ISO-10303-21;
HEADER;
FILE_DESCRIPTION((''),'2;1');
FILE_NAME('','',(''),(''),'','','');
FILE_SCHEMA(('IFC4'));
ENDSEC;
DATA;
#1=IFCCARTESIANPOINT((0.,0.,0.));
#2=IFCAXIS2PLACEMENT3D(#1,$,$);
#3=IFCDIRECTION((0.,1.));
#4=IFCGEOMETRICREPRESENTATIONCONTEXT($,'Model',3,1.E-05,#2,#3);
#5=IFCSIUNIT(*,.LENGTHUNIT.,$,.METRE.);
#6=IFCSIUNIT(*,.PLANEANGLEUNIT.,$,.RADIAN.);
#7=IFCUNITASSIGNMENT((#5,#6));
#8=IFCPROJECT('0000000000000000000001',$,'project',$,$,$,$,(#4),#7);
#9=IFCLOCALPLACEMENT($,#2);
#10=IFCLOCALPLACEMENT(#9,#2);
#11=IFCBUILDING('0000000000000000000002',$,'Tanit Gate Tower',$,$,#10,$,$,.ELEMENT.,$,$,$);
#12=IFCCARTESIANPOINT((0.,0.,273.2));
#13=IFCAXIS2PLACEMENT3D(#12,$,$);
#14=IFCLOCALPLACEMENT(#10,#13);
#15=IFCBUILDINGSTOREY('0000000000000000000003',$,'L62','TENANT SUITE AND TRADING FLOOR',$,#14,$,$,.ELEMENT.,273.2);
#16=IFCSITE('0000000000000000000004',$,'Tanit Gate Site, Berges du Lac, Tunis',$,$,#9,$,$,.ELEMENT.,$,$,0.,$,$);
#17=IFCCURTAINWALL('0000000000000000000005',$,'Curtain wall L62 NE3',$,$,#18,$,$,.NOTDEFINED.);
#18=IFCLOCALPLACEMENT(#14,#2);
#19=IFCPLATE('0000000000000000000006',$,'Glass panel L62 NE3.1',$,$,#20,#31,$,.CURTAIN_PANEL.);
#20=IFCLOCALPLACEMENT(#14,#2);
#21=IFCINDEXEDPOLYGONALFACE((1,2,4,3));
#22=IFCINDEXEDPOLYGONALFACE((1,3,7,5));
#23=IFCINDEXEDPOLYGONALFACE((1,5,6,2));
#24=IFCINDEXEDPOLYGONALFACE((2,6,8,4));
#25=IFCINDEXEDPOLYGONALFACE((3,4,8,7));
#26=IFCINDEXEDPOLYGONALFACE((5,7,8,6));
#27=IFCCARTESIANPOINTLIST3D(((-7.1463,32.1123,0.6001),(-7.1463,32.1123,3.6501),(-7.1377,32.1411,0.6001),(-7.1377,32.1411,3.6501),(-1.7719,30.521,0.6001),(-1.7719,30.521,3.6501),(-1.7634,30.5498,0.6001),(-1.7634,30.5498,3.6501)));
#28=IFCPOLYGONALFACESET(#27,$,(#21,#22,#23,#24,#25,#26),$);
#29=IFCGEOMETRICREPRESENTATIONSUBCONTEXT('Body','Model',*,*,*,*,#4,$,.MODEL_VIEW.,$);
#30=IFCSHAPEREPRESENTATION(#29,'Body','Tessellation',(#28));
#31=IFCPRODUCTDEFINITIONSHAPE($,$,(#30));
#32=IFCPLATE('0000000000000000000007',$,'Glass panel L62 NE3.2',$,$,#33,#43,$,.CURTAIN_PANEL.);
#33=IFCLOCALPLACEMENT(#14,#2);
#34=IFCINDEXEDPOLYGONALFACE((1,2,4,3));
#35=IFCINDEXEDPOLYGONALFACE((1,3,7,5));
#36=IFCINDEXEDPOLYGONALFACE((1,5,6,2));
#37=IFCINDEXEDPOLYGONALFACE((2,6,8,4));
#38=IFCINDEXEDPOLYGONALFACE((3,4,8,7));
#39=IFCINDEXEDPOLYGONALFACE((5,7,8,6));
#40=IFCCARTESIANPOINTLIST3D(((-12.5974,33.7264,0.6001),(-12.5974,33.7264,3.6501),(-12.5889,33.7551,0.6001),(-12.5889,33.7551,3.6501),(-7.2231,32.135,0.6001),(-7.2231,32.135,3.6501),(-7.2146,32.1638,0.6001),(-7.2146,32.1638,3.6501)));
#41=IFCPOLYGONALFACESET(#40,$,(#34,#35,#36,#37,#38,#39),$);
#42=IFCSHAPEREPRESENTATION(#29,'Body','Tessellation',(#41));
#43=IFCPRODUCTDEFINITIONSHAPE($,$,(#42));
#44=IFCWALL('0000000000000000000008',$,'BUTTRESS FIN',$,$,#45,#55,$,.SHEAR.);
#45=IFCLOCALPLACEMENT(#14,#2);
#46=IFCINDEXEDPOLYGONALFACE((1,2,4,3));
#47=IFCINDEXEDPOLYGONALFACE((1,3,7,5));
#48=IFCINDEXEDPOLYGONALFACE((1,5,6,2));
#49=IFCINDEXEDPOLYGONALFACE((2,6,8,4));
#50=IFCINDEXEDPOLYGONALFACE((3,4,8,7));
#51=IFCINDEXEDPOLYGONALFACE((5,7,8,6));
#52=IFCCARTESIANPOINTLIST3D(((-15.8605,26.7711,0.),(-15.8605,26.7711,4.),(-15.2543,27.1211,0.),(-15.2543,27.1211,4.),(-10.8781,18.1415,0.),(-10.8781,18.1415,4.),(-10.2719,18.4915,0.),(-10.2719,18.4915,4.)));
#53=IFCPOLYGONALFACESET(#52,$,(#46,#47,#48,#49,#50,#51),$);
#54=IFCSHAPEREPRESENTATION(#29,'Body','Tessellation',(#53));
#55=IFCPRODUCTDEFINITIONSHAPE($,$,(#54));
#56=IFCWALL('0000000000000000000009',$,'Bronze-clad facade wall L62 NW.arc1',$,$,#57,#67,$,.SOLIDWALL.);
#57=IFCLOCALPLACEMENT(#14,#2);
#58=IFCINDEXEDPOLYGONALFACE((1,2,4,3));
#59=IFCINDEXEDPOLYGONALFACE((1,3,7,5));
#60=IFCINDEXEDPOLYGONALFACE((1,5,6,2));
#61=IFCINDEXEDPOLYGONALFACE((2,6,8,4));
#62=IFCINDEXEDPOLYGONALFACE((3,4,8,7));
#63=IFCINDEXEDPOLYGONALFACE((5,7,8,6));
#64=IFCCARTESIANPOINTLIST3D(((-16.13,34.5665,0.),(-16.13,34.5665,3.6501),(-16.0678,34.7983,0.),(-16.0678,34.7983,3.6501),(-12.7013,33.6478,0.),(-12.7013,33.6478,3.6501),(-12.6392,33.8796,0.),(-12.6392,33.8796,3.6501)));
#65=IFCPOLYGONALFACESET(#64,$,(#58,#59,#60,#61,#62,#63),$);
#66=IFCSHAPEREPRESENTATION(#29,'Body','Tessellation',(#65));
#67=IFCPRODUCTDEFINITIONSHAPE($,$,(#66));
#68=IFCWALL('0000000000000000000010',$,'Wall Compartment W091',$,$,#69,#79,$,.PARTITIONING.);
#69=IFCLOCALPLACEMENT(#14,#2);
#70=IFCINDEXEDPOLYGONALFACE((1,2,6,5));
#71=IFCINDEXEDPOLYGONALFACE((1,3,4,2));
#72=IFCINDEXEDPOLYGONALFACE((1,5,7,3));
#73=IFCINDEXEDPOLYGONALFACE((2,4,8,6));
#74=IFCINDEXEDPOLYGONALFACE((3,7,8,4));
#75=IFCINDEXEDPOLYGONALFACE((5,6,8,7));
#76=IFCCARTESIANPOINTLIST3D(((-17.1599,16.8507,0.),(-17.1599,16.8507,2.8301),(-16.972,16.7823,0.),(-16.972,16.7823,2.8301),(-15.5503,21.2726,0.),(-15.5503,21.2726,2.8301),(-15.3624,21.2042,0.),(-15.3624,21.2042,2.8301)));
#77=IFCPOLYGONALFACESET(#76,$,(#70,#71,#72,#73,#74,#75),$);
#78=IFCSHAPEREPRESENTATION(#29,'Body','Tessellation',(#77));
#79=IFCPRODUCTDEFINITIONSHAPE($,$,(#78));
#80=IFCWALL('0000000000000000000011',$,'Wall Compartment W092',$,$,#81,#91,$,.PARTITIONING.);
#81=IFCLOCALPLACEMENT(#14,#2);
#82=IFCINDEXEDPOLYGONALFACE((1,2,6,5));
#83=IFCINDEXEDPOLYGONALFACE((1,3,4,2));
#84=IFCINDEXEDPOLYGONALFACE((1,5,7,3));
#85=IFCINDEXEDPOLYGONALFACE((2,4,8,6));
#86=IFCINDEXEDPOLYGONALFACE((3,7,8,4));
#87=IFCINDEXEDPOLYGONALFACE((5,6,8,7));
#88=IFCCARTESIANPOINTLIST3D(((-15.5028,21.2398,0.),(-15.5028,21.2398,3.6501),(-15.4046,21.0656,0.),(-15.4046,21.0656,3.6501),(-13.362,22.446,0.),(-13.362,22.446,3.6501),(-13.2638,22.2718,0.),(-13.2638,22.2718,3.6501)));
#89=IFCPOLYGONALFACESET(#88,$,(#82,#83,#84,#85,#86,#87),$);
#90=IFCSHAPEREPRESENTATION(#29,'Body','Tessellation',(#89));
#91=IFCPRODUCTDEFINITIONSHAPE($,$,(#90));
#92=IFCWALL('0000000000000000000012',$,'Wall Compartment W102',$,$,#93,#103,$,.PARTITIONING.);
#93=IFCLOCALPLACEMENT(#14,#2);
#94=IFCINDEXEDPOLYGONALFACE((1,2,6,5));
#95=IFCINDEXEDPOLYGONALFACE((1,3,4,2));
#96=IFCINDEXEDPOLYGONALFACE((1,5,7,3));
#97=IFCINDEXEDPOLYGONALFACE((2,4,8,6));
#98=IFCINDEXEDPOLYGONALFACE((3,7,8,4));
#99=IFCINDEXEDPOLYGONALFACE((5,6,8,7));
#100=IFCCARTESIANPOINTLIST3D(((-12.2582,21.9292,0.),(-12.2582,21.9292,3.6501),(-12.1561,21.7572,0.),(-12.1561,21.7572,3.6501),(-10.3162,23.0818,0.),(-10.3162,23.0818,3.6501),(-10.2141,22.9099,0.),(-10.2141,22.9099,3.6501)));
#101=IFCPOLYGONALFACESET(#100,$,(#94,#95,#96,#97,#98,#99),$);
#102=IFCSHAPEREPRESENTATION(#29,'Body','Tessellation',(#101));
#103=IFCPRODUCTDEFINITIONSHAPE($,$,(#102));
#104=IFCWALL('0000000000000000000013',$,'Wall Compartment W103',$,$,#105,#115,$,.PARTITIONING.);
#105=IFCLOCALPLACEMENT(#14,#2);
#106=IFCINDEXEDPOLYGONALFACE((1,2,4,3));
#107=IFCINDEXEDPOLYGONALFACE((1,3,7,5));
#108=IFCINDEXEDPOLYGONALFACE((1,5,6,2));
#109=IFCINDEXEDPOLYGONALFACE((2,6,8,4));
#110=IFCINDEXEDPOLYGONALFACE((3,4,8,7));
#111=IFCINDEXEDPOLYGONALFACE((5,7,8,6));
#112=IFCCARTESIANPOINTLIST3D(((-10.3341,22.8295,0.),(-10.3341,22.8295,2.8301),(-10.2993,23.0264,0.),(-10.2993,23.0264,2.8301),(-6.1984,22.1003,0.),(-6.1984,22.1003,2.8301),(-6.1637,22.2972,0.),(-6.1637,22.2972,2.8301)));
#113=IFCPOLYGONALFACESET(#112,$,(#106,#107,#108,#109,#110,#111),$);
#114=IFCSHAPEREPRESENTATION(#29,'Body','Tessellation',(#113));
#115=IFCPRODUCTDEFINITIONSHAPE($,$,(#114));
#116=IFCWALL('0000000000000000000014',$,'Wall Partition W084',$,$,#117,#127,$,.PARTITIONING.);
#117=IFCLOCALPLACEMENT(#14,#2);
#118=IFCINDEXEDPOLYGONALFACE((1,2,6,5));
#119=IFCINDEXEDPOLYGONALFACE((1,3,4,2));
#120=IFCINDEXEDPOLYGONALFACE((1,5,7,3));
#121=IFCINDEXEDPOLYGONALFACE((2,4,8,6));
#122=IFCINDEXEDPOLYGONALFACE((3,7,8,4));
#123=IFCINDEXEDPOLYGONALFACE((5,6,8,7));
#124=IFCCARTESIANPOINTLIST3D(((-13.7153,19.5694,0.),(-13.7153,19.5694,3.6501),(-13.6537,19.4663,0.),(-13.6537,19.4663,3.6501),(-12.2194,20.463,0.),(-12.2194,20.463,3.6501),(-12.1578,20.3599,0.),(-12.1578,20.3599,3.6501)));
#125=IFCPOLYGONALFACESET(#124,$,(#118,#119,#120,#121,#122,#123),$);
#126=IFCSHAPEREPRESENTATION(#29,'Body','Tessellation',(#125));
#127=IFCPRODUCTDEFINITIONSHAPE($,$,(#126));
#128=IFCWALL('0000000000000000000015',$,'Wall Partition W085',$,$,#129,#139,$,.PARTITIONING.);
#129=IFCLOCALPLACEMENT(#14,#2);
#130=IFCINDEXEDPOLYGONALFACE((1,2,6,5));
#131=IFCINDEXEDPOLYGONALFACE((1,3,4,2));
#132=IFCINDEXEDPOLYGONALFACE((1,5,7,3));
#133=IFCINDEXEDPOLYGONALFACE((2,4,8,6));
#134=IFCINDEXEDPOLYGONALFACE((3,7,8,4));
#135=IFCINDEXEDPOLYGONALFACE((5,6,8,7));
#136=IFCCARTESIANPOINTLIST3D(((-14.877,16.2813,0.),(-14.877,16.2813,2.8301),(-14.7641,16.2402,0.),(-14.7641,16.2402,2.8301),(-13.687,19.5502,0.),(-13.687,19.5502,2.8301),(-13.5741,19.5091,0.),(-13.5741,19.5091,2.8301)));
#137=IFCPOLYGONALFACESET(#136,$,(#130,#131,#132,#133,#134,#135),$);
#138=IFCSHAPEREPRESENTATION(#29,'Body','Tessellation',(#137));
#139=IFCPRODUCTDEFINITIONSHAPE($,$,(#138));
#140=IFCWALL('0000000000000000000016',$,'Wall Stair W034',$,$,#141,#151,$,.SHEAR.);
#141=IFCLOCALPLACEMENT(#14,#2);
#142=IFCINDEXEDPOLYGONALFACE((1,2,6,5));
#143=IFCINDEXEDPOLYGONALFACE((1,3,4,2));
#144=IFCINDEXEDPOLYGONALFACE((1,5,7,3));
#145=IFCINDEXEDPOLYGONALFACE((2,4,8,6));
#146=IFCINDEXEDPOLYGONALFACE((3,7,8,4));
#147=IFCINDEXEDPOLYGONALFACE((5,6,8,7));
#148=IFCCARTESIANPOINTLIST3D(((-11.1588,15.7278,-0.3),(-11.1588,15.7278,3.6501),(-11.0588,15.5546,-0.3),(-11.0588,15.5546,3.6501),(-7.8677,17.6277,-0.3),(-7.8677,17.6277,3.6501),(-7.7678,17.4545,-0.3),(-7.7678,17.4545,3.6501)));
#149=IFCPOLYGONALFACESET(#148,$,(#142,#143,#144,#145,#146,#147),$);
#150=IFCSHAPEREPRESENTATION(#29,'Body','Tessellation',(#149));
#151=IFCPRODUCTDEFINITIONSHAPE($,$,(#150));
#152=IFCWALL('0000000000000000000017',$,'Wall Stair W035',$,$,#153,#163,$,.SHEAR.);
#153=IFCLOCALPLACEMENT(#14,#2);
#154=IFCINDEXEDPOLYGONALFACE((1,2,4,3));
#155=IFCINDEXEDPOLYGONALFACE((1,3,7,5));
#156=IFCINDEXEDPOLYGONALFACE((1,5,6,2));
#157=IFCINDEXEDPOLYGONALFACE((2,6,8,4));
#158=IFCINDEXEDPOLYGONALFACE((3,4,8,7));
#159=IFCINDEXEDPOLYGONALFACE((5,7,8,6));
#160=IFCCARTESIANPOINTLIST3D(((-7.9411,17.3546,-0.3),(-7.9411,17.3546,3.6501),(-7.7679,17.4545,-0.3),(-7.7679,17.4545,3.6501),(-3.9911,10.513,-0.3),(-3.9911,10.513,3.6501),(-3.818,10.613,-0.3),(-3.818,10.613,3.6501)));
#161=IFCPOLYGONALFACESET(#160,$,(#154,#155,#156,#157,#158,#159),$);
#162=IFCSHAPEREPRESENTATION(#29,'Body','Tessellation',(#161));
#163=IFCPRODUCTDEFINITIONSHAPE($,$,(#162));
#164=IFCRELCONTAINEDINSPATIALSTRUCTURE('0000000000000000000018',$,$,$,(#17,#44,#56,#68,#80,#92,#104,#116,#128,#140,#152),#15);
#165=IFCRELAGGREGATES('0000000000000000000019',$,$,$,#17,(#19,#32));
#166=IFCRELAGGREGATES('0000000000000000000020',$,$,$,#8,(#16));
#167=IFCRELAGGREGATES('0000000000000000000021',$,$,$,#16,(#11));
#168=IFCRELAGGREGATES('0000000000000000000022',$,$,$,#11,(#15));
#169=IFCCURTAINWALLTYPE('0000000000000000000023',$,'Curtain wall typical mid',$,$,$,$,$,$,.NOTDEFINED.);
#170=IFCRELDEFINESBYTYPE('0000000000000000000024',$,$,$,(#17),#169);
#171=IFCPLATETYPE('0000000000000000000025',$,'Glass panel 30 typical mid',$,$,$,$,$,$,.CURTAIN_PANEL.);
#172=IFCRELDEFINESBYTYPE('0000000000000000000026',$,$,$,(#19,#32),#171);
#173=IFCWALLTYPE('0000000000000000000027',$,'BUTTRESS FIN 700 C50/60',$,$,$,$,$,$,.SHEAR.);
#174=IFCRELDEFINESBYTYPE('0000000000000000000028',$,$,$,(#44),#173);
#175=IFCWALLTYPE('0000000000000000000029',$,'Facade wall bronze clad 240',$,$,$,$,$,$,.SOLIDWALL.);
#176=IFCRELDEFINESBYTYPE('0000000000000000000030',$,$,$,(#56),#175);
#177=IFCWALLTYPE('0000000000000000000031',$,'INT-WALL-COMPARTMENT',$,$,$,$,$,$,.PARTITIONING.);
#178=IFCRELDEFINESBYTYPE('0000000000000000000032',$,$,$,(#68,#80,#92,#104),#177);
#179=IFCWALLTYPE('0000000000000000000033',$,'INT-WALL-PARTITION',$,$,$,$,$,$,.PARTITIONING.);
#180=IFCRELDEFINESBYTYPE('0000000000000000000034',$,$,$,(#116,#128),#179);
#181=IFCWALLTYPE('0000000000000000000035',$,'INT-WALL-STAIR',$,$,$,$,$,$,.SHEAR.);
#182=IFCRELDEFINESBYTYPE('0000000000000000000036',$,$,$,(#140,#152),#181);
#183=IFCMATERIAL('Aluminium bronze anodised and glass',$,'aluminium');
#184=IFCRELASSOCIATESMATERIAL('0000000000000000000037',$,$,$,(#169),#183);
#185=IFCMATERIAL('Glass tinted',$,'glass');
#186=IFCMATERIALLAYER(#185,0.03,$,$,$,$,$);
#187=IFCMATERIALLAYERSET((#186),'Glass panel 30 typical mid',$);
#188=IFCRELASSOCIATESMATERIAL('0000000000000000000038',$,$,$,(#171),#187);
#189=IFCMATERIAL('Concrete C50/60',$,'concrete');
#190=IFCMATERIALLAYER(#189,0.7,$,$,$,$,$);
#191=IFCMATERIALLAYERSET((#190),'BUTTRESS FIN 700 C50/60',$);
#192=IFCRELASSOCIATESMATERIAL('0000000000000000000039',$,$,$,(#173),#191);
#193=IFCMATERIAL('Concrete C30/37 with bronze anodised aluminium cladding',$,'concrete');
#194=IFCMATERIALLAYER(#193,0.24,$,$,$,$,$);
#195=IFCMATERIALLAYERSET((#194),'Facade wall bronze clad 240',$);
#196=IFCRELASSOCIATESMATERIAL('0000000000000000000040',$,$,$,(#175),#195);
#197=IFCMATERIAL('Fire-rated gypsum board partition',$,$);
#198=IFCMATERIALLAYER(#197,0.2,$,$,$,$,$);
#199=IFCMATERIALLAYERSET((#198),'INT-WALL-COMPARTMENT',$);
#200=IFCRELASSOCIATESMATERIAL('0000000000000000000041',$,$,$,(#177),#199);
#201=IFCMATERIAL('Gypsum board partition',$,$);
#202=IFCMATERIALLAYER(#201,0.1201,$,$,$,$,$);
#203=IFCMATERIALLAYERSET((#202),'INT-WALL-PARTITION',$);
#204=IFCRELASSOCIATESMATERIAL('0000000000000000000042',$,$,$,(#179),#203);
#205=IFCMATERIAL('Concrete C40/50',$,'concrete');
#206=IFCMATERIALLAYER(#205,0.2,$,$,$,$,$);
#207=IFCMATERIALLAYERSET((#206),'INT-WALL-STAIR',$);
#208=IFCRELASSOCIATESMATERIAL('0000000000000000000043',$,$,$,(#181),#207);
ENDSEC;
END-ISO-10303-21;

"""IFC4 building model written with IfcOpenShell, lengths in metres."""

from ifc_helpers import new_model, si_unit, direction, frame, frame_2d, origin, origin_2d, place, context, subcontext, project, spatial, rectangle, extrude, material, layer, layer_set, type_object, element, aggregate, save


model = new_model("IFC4")

# Units and contexts
model_context = context("Model", 3, precision=1e-05, world=origin(), true_north=direction((0.0, 1.0)))
body_context = subcontext(model_context, "Body", "Model", "MODEL_VIEW")
ifc_project = project(units=[si_unit("LENGTHUNIT", "METRE"), si_unit("PLANEANGLEUNIT", "RADIAN")], contexts=[model_context])

# Site, building, storey
site_placement = place(None, origin())
site = spatial("IfcSite", under=ifc_project, at=site_placement, Name="Tanit Gate Site, Berges du Lac, Tunis", CompositionType="ELEMENT", RefElevation=0.0)
building_placement = place(site_placement, origin())
building = spatial("IfcBuilding", under=site, at=building_placement, Name="Tanit Gate Tower", CompositionType="ELEMENT")
storey_placement = place(building_placement, frame((0.0, 0.0, 273.2)))
storey = spatial("IfcBuildingStorey", under=building, at=storey_placement, Name="L62", Description="TENANT SUITE AND TRADING FLOOR", CompositionType="ELEMENT", Elevation=273.2)

# Curtain wall
ifc_material_1 = material(Name="Aluminium bronze anodised and glass", Category="aluminium")
curtain_wall_type = type_object("IfcCurtainWallType", Name="Curtain wall typical mid", PredefinedType="NOTDEFINED", material=ifc_material_1)
curtain_wall_placement = place(storey_placement, origin())
curtain_wall = element("IfcCurtainWall", 1, at=curtain_wall_placement, inside=storey, type_object=curtain_wall_type, Name="Curtain wall L62 NE3", PredefinedType="NOTDEFINED")

# Plates
ifc_material_2 = material(Name="Glass tinted", Category="glass")
ifc_layer_1 = layer(ifc_material_2, 0.03)
ifc_layer_set_1 = layer_set([ifc_layer_1], Name="Glass panel 30 typical mid")
plate_type = type_object("IfcPlateType", Name="Glass panel 30 typical mid", PredefinedType="CURTAIN_PANEL", material=ifc_layer_set_1)
plate_1_placement = place(storey_placement, frame((-4.4548, 31.3311, 0.6001), z_axis=(0.0, 0.0, 1.0), x_axis=(-0.958848, 0.28392, 0.0)))
plate_1 = element("IfcPlate", 2, at=plate_1_placement, type_object=plate_type, Name="Glass panel L62 NE3.1", PredefinedType="CURTAIN_PANEL", context=body_context, shape_type="SweptSolid", body=[
    extrude(rectangle(XDim=5.605, YDim=0.03, at=origin_2d()), origin(), (0.0, 0.0, 1.0), 3.05),
])
plate_2_placement = place(storey_placement, frame((-9.906, 32.9451, 0.6001), z_axis=(0.0, 0.0, 1.0), x_axis=(-0.958848, 0.28392, 0.0)))
plate_2 = element("IfcPlate", 3, at=plate_2_placement, type_object=plate_type, Name="Glass panel L62 NE3.2", PredefinedType="CURTAIN_PANEL", context=body_context, shape_type="SweptSolid", body=[
    extrude(rectangle(XDim=5.605, YDim=0.03, at=origin_2d()), origin(), (0.0, 0.0, 1.0), 3.05),
])
aggregate(curtain_wall, [plate_1, plate_2])

# Walls
ifc_material_3 = material(Name="Concrete C50/60", Category="concrete")
ifc_layer_2 = layer(ifc_material_3, 0.7)
ifc_layer_set_2 = layer_set([ifc_layer_2], Name="BUTTRESS FIN 700 C50/60")
wall_type_1 = type_object("IfcWallType", Name="BUTTRESS FIN 700 C50/60", PredefinedType="SHEAR", material=ifc_layer_set_2)
wall_1_placement = place(storey_placement, frame((-10.575, 18.3164, 0.0), z_axis=(0.0, 0.0, 1.0), x_axis=(-0.500007, 0.866021, 0.0)))
element("IfcWall", 4, at=wall_1_placement, inside=storey, type_object=wall_type_1, Name="BUTTRESS FIN", PredefinedType="SHEAR", context=body_context, shape_type="SweptSolid", body=[
    extrude(rectangle(XDim=9.9646, YDim=0.7, at=frame_2d((4.9824, 0.0))), origin(), (0.0, 0.0, 1.0), 4.0),
])
ifc_material_4 = material(Name="Concrete C30/37 with bronze anodised aluminium cladding", Category="concrete")
ifc_layer_3 = layer(ifc_material_4, 0.24)
ifc_layer_set_3 = layer_set([ifc_layer_3], Name="Facade wall bronze clad 240")
wall_type_2 = type_object("IfcWallType", Name="Facade wall bronze clad 240", PredefinedType="SOLIDWALL", material=ifc_layer_set_3)
wall_2_placement = place(storey_placement, frame((-12.6702, 33.7637, 0.0), z_axis=(0.0, 0.0, 1.0), x_axis=(-0.965927, 0.258814, 0.0)))
element("IfcWall", 5, at=wall_2_placement, inside=storey, type_object=wall_type_2, Name="Bronze-clad facade wall L62 NW.arc1", PredefinedType="SOLIDWALL", context=body_context, shape_type="SweptSolid", body=[
    extrude(rectangle(XDim=3.5496, YDim=0.24, at=frame_2d((1.7749, 0.0))), origin(), (0.0, 0.0, 1.0), 3.6501),
])
ifc_material_5 = material(Name="Fire-rated gypsum board partition")
ifc_layer_4 = layer(ifc_material_5, 0.2)
ifc_layer_set_4 = layer_set([ifc_layer_4], Name="INT-WALL-COMPARTMENT")
wall_type_3 = type_object("IfcWallType", Name="INT-WALL-COMPARTMENT", PredefinedType="PARTITIONING", material=ifc_layer_set_4)
wall_3_placement = place(storey_placement, frame((-15.4563, 21.2385, 0.0), z_axis=(0.0, 0.0, 1.0), x_axis=(-0.342055, -0.93968, 0.0)))
element("IfcWall", 6, at=wall_3_placement, inside=storey, type_object=wall_type_3, Name="Wall Compartment W091", PredefinedType="PARTITIONING", context=body_context, shape_type="SweptSolid", body=[
    extrude(rectangle(XDim=4.7058, YDim=0.2, at=frame_2d((2.353, 0.0))), origin(), (0.0, 0.0, 1.0), 2.8301),
])
wall_4_placement = place(storey_placement, frame((-13.313, 22.3589, 0.0), z_axis=(0.0, 0.0, 1.0), x_axis=(-0.871217, -0.490898, 0.0)))
element("IfcWall", 7, at=wall_4_placement, inside=storey, type_object=wall_type_3, Name="Wall Compartment W092", PredefinedType="PARTITIONING", context=body_context, shape_type="SweptSolid", body=[
    extrude(rectangle(XDim=2.4573, YDim=0.2, at=frame_2d((1.2285, 0.0))), origin(), (0.0, 0.0, 1.0), 3.6501),
])
wall_5_placement = place(storey_placement, frame((-10.2651, 22.9958, 0.0), z_axis=(0.0, 0.0, 1.0), x_axis=(-0.859935, -0.510404, 0.0)))
element("IfcWall", 8, at=wall_5_placement, inside=storey, type_object=wall_type_3, Name="Wall Compartment W102", PredefinedType="PARTITIONING", context=body_context, shape_type="SweptSolid", body=[
    extrude(rectangle(XDim=2.2583, YDim=0.2, at=frame_2d((1.1292, 0.0))), origin(), (0.0, 0.0, 1.0), 3.6501),
])
wall_6_placement = place(storey_placement, frame((-6.1812, 22.1987, 0.0), z_axis=(0.0, 0.0, 1.0), x_axis=(-0.984808, 0.173649, 0.0)))
element("IfcWall", 9, at=wall_6_placement, inside=storey, type_object=wall_type_3, Name="Wall Compartment W103", PredefinedType="PARTITIONING", context=body_context, shape_type="SweptSolid", body=[
    extrude(rectangle(XDim=4.1995, YDim=0.2, at=frame_2d((2.0996, 0.0))), origin(), (0.0, 0.0, 1.0), 2.8301),
])
ifc_material_6 = material(Name="Gypsum board partition")
ifc_layer_5 = layer(ifc_material_6, 0.1201)
ifc_layer_set_5 = layer_set([ifc_layer_5], Name="INT-WALL-PARTITION")
wall_type_4 = type_object("IfcWallType", Name="INT-WALL-PARTITION", PredefinedType="PARTITIONING", material=ifc_layer_set_5)
wall_7_placement = place(storey_placement, frame((-12.1887, 20.4114, 0.0), z_axis=(0.0, 0.0, 1.0), x_axis=(-0.858493, -0.512826, 0.0)))
element("IfcWall", 10, at=wall_7_placement, inside=storey, type_object=wall_type_4, Name="Wall Partition W084", PredefinedType="PARTITIONING", context=body_context, shape_type="SweptSolid", body=[
    extrude(rectangle(XDim=1.7424, YDim=0.1201, at=frame_2d((0.8711, 0.0))), origin(), (0.0, 0.0, 1.0), 3.6501),
])
wall_8_placement = place(storey_placement, frame((-13.6306, 19.5295, 0.0), z_axis=(0.0, 0.0, 1.0), x_axis=(-0.34207, -0.939675, 0.0)))
element("IfcWall", 11, at=wall_8_placement, inside=storey, type_object=wall_type_4, Name="Wall Partition W085", PredefinedType="PARTITIONING", context=body_context, shape_type="SweptSolid", body=[
    extrude(rectangle(XDim=3.4788, YDim=0.1201, at=frame_2d((1.7393, 0.0))), origin(), (0.0, 0.0, 1.0), 2.8301),
])
ifc_material_7 = material(Name="Concrete C40/50", Category="concrete")
ifc_layer_6 = layer(ifc_material_7, 0.2)
ifc_layer_set_6 = layer_set([ifc_layer_6], Name="INT-WALL-STAIR")
wall_type_5 = type_object("IfcWallType", Name="INT-WALL-STAIR", PredefinedType="SHEAR", material=ifc_layer_set_6)
wall_9_placement = place(storey_placement, frame((-7.8179, 17.541, -0.3), z_axis=(0.0, 0.0, 1.0), x_axis=(-0.866044, -0.499967, 0.0)))
element("IfcWall", 12, at=wall_9_placement, inside=storey, type_object=wall_type_5, Name="Wall Stair W034", PredefinedType="SHEAR", context=body_context, shape_type="SweptSolid", body=[
    extrude(rectangle(XDim=3.8, YDim=0.2, at=frame_2d((1.8999, 0.0))), origin(), (0.0, 0.0, 1.0), 3.9502),
])
wall_10_placement = place(storey_placement, frame((-7.8545, 17.4045, -0.3), z_axis=(0.0, 0.0, 1.0), x_axis=(0.499998, -0.866027, 0.0)))
element("IfcWall", 13, at=wall_10_placement, inside=storey, type_object=wall_type_5, Name="Wall Stair W035", PredefinedType="SHEAR", context=body_context, shape_type="SweptSolid", body=[
    extrude(rectangle(XDim=7.8999, YDim=0.2, at=frame_2d((3.95, 0.0))), origin(), (0.0, 0.0, 1.0), 3.9502),
])

save(model, "model.ifc")
